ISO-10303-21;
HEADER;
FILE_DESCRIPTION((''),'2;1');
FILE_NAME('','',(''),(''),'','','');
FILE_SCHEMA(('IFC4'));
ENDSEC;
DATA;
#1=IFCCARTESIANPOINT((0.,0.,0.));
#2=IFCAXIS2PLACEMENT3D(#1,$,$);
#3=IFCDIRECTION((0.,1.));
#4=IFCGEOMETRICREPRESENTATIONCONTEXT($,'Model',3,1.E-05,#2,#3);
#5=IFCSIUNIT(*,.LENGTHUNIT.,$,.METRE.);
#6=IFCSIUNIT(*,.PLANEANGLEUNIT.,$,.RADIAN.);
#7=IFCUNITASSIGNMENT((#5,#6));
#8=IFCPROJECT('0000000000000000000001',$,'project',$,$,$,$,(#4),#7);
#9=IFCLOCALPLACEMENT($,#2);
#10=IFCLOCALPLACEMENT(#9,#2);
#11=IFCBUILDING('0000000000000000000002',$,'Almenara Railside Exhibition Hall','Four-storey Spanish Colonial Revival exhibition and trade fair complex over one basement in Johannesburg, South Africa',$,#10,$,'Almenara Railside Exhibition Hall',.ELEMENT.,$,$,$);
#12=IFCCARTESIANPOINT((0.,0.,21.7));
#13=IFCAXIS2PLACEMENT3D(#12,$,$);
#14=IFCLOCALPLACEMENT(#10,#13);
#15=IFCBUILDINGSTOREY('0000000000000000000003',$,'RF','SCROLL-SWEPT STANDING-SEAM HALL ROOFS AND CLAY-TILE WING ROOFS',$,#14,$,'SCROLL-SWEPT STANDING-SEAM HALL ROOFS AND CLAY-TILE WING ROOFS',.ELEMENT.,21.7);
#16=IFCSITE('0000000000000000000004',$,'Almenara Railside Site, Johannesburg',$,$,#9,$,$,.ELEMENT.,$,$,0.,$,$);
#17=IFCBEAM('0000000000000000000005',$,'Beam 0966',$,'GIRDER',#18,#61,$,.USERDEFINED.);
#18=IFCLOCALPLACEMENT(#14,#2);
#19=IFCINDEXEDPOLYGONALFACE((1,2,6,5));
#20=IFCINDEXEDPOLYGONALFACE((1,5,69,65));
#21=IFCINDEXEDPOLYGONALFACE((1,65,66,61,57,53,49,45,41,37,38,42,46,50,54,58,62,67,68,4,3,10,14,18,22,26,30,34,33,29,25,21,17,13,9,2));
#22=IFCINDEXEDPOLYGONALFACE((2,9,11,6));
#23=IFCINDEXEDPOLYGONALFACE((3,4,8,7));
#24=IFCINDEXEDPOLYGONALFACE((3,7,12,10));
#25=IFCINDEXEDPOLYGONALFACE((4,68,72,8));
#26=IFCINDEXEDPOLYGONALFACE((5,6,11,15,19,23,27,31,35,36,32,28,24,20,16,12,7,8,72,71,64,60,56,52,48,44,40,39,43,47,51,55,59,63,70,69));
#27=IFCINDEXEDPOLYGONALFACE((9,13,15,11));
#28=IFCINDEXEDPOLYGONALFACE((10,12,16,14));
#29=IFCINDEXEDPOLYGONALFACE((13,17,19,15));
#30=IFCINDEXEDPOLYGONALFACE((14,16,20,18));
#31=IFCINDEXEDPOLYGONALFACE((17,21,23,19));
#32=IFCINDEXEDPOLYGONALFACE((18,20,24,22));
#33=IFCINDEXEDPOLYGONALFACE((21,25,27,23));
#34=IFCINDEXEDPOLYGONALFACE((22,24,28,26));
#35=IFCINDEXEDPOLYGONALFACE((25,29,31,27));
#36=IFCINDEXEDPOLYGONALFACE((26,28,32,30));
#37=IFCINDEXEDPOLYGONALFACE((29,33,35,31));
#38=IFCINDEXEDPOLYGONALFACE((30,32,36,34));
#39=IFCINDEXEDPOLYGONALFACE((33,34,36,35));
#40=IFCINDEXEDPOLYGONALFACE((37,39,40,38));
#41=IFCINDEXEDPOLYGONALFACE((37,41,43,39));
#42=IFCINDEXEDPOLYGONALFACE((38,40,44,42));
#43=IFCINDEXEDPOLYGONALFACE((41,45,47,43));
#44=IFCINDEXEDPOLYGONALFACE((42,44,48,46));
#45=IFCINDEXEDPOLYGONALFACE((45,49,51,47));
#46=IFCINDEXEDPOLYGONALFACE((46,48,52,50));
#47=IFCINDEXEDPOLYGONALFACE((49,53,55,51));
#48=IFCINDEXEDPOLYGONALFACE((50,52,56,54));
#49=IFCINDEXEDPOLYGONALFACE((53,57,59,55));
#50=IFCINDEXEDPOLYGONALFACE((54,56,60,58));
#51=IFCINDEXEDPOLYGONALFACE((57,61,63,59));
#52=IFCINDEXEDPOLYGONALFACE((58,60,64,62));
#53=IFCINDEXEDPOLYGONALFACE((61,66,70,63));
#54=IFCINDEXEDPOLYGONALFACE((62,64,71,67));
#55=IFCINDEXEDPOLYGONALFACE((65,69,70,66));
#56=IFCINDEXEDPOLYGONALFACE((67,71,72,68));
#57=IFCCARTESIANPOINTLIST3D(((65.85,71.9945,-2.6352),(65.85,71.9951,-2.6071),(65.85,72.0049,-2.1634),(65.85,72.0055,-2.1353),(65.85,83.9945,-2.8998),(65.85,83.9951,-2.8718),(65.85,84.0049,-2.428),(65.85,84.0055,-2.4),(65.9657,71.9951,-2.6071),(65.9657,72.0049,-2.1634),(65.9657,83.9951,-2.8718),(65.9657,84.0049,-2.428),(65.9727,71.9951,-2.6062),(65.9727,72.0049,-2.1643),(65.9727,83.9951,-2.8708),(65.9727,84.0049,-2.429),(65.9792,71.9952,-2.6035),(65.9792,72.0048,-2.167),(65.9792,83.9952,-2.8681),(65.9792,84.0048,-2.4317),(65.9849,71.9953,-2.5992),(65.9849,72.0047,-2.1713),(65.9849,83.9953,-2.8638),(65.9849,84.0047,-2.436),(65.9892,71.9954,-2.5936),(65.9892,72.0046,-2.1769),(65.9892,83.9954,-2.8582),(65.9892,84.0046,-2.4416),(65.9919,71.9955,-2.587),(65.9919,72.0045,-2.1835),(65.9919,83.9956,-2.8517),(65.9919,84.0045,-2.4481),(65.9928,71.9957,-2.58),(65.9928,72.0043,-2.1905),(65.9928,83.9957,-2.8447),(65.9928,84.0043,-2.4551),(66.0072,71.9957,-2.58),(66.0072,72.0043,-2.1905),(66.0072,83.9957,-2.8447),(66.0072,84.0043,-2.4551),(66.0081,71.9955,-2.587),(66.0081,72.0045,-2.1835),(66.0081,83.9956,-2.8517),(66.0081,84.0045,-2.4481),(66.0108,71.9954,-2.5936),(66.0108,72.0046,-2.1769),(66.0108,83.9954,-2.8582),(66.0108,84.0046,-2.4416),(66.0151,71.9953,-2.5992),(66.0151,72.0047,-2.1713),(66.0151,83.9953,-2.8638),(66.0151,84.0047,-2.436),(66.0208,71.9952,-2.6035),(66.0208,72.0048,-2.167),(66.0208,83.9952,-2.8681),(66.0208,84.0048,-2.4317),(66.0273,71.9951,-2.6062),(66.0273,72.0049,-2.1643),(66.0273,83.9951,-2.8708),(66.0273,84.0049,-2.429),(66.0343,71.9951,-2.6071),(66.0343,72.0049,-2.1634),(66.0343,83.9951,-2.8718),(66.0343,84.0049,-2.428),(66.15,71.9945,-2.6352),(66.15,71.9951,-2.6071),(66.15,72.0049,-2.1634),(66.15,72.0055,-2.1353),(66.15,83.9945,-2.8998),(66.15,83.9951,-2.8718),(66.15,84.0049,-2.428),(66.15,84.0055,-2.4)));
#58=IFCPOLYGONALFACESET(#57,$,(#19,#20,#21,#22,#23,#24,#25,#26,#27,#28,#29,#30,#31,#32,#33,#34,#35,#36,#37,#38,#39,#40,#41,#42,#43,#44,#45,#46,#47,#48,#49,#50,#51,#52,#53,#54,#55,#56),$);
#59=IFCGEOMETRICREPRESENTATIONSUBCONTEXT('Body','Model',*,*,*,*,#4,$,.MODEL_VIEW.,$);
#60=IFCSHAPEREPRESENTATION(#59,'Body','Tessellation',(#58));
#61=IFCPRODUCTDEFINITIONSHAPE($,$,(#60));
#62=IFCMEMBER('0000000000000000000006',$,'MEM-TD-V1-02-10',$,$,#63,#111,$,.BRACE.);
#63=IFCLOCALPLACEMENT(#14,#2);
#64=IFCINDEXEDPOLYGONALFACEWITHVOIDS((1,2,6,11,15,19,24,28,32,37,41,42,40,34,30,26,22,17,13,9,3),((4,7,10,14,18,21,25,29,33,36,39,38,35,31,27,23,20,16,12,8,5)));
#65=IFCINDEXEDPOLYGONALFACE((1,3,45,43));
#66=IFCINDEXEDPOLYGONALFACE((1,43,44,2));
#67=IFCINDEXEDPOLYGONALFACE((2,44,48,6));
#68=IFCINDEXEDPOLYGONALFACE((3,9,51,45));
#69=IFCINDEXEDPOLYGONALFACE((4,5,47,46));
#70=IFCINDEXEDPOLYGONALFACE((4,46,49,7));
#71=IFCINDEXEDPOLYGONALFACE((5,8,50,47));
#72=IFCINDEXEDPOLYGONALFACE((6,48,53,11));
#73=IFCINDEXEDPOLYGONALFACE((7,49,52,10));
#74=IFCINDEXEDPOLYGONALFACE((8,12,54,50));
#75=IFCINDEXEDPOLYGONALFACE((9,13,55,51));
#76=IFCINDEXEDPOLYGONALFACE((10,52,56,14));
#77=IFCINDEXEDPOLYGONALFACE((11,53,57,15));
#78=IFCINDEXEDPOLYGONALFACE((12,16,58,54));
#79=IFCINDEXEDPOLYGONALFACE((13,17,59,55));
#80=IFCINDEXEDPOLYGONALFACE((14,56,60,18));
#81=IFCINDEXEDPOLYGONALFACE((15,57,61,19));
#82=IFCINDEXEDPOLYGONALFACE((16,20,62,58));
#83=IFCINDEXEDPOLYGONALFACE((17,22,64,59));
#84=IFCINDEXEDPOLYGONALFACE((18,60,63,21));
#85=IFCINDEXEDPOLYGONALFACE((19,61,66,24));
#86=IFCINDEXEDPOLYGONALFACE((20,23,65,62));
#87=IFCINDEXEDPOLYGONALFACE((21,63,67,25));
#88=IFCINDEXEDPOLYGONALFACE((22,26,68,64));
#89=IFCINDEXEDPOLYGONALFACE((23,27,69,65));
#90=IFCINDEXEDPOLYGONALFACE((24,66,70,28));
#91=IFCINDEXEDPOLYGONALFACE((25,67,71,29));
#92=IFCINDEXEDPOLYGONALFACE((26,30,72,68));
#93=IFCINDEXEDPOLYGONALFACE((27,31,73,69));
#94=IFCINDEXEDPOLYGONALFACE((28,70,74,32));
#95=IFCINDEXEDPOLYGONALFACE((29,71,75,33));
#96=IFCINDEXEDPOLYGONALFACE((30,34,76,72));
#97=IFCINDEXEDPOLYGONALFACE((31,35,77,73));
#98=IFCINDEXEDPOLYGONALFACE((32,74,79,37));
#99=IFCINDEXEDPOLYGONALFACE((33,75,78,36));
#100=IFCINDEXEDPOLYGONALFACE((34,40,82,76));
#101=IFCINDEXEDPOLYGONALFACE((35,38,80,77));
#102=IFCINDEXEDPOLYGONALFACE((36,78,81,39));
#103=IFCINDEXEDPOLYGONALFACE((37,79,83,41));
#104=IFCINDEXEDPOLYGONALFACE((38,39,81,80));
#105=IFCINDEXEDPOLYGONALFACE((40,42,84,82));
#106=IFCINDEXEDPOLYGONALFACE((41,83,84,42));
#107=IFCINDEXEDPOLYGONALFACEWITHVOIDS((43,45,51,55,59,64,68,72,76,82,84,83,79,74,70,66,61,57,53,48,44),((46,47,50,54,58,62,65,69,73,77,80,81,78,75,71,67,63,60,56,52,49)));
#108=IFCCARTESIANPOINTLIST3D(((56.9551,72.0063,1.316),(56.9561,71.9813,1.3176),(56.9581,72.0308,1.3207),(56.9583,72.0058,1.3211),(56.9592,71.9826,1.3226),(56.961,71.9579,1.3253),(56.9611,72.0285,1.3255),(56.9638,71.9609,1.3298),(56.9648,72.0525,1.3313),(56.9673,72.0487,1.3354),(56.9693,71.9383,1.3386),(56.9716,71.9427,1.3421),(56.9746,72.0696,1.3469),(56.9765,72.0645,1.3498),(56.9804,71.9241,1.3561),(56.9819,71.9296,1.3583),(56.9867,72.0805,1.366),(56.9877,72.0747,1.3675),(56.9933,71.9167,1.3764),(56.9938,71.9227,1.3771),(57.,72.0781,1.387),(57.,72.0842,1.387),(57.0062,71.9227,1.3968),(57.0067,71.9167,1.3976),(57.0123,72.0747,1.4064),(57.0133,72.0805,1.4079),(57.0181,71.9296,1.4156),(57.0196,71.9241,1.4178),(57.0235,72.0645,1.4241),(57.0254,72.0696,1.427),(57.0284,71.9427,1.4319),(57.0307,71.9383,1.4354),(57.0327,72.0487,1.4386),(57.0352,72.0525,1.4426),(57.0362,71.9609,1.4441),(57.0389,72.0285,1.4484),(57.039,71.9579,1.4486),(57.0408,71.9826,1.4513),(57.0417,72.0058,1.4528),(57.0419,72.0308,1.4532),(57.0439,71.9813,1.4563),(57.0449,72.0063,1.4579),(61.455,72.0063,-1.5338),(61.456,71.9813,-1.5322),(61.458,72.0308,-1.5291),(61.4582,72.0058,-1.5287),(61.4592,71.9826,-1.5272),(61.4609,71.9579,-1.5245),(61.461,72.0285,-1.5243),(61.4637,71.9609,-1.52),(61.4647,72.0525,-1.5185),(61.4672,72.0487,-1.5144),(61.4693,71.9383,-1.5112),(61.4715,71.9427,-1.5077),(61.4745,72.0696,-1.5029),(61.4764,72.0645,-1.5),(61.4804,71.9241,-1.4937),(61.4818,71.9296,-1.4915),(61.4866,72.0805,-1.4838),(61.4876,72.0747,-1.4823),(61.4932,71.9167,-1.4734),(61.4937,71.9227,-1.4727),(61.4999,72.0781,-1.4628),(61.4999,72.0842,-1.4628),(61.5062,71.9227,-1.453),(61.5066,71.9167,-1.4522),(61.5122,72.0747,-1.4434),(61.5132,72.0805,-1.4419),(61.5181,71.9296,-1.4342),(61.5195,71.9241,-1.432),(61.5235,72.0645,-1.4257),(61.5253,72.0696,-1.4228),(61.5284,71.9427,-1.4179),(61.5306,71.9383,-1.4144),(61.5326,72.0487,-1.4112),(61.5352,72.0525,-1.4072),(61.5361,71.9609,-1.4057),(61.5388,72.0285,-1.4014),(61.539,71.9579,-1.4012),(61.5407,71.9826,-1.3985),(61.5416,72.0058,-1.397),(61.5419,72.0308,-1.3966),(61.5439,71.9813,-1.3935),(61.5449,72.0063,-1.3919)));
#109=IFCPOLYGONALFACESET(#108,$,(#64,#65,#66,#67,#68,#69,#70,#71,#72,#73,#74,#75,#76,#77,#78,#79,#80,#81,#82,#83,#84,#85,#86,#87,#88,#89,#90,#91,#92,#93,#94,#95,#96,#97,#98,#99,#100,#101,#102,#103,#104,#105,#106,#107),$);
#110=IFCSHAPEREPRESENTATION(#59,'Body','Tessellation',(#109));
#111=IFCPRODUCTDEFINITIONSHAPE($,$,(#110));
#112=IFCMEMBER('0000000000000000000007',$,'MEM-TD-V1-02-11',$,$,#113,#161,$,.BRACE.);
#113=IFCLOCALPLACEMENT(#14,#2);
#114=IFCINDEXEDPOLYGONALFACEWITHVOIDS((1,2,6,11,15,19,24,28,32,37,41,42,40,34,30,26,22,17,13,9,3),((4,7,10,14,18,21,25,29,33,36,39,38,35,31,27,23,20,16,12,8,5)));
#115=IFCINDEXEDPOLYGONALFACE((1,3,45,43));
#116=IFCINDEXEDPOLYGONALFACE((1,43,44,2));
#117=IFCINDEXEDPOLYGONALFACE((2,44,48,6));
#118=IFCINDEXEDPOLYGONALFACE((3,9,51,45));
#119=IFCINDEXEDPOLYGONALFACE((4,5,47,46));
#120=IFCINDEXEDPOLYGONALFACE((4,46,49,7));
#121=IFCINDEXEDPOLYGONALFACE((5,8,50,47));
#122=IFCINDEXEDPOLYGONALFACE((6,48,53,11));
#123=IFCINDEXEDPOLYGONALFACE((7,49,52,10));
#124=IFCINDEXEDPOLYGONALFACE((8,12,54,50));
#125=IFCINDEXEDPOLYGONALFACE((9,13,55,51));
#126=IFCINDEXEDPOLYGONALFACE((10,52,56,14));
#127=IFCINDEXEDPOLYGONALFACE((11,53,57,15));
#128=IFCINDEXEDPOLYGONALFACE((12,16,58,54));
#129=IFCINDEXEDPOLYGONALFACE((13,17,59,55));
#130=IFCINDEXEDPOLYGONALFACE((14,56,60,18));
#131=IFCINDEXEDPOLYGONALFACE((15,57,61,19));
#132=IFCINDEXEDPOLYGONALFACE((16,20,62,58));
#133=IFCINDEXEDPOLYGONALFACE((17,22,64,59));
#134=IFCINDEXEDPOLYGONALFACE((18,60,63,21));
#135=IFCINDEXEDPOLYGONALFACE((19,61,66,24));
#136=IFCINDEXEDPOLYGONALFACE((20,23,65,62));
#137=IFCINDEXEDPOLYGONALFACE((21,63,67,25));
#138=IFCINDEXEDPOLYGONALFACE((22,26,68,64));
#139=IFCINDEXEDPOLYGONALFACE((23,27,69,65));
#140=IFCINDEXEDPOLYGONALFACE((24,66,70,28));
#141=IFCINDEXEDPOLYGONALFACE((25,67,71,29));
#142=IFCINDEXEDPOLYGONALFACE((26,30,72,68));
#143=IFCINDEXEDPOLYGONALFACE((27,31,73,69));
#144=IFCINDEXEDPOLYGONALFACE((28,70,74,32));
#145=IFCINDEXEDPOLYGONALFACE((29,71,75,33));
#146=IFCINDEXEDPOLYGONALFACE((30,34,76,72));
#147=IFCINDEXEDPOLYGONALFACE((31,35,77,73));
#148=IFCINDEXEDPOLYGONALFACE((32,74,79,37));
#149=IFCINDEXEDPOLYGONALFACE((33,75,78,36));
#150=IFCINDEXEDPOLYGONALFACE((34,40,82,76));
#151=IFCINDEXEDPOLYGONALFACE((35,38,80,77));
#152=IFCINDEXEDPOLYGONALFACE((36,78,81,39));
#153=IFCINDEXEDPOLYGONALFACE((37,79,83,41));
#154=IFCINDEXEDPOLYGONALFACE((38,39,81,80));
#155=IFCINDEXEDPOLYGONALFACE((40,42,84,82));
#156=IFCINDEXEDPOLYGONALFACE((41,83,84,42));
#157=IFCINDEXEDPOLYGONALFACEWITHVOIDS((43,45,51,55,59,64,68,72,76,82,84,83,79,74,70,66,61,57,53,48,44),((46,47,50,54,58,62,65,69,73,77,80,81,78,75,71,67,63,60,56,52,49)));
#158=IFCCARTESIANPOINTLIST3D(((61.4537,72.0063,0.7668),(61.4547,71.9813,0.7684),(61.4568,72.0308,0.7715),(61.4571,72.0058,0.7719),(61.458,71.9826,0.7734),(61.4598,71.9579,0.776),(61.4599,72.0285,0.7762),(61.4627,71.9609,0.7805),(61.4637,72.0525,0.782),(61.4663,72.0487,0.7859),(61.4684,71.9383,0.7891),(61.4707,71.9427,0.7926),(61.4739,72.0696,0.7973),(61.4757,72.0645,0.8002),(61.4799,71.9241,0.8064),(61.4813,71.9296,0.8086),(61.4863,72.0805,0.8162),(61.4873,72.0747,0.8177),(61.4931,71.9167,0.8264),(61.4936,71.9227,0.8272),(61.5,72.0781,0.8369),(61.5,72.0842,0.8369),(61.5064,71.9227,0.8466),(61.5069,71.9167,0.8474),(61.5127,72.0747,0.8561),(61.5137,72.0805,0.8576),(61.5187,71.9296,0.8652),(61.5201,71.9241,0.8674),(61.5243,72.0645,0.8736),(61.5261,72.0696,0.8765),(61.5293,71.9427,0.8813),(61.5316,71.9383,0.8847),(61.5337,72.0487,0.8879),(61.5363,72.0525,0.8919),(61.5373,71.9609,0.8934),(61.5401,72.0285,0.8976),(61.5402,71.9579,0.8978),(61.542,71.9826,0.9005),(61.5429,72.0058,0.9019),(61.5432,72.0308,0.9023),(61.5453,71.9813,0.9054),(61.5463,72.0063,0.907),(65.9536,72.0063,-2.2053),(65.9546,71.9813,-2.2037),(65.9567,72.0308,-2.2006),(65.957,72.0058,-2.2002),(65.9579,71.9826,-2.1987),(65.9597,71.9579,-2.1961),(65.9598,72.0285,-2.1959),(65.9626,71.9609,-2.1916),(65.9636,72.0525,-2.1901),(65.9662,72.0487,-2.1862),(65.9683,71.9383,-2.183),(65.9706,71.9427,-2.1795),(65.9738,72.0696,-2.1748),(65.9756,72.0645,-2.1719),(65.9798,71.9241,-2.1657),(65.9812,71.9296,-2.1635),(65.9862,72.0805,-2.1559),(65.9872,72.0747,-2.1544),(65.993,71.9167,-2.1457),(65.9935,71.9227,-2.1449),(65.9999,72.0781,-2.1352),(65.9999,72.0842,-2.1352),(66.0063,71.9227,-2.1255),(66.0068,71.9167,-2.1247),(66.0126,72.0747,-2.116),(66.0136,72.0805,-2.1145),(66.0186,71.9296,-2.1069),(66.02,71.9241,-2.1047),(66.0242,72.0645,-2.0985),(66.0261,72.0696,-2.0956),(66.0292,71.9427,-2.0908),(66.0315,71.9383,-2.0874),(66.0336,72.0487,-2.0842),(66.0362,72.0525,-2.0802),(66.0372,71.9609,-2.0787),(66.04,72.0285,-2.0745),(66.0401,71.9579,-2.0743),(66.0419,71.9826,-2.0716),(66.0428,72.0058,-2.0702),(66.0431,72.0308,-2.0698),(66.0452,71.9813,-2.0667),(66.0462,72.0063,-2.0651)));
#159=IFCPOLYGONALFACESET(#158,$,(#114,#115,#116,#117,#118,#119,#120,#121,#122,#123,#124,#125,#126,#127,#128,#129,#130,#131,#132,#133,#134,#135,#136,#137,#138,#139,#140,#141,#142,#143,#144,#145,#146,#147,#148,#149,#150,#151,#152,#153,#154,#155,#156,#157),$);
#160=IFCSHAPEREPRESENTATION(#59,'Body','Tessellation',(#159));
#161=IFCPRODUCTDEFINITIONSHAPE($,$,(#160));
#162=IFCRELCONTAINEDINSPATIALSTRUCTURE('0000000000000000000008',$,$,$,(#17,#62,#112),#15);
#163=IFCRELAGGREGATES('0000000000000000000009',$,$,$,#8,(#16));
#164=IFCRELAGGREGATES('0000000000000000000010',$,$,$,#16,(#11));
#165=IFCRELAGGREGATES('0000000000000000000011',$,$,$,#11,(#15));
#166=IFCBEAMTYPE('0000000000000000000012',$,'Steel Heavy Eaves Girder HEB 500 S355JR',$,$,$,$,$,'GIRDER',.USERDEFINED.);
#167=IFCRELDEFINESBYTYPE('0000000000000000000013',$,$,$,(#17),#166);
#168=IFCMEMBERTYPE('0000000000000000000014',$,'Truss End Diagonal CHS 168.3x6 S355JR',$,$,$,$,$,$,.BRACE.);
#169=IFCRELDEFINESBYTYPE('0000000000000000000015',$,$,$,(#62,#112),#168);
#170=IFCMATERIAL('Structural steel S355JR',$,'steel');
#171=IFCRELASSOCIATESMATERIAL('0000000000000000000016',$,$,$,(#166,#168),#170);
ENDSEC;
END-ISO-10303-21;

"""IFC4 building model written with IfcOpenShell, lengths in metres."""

from ifc_helpers import new_model, si_unit, direction, frame, origin, origin_2d, place, context, subcontext, project, spatial, hollow_circle, i_section, extrude, material, material_profile, profile_set, type_object, element, save


model = new_model("IFC4")

# Units and contexts
model_context = context("Model", 3, precision=1e-05, world=origin(), true_north=direction((0.0, 1.0)))
body_context = subcontext(model_context, "Body", "Model", "MODEL_VIEW")
ifc_project = project(units=[si_unit("LENGTHUNIT", "METRE"), si_unit("PLANEANGLEUNIT", "RADIAN")], contexts=[model_context])

# Site, building, storey
site_placement = place(None, origin())
site = spatial("IfcSite", under=ifc_project, at=site_placement, Name="Almenara Railside Site, Johannesburg", CompositionType="ELEMENT", RefElevation=0.0)
building_placement = place(site_placement, origin())
building = spatial("IfcBuilding", under=site, at=building_placement, Name="Almenara Railside Exhibition Hall", Description="Four-storey Spanish Colonial Revival exhibition and trade fair complex over one basement in Johannesburg, South Africa", LongName="Almenara Railside Exhibition Hall", CompositionType="ELEMENT")
storey_placement = place(building_placement, frame((0.0, 0.0, 21.7)))
storey = spatial("IfcBuildingStorey", under=building, at=storey_placement, Name="RF", Description="SCROLL-SWEPT STANDING-SEAM HALL ROOFS AND CLAY-TILE WING ROOFS", LongName="SCROLL-SWEPT STANDING-SEAM HALL ROOFS AND CLAY-TILE WING ROOFS", CompositionType="ELEMENT", Elevation=21.7)

# Shared definitions
ifc_material_1 = material(Name="Structural steel S355JR", Category="steel")

# Beam
ifc_material_profile_1 = material_profile(ifc_material_1, i_section(OverallWidth=0.3, OverallDepth=0.5, WebThickness=0.0144, FlangeThickness=0.0281, FilletRadius=0.0271, at=origin_2d()), Name="HEB 500")
ifc_profile_set_1 = profile_set([ifc_material_profile_1], Name="Structural steel S355JR")
beam_type = type_object("IfcBeamType", Name="Steel Heavy Eaves Girder HEB 500 S355JR", ElementType="GIRDER", PredefinedType="USERDEFINED", material=ifc_profile_set_1)
beam_placement = place(storey_placement, frame((66.0, 72.0, -2.3853), z_axis=(0.0, 0.999757, -0.022049), x_axis=(-1.0, 0.0, 0.0)))
element("IfcBeam", 1, at=beam_placement, inside=storey, type_object=beam_type, Name="Beam 0966", ObjectType="GIRDER", PredefinedType="USERDEFINED", context=body_context, shape_type="SweptSolid", body=[
    extrude(i_section(OverallWidth=0.3, OverallDepth=0.5, WebThickness=0.0144, FlangeThickness=0.0281, FilletRadius=0.0271, at=origin_2d()), origin(), (0.0, 0.0, 1.0), 12.0029),
])

# Members
ifc_material_profile_2 = material_profile(ifc_material_1, hollow_circle(Radius=0.0842, WallThickness=0.0061, at=origin_2d()), Name="CHS 168.3x6")
ifc_profile_set_2 = profile_set([ifc_material_profile_2], Name="Structural steel S355JR")
member_type_1 = type_object("IfcMemberType", Name="Truss End Diagonal CHS 168.3x6 S355JR", PredefinedType="BRACE", material=ifc_profile_set_2)
member_1_placement = place(storey_placement, frame((57.0, 72.0, 1.387), z_axis=(0.844832, 0.0, -0.535032), x_axis=(0.0, 1.0, 0.0)))
element("IfcMember", 2, at=member_1_placement, inside=storey, type_object=member_type_1, Name="MEM-TD-V1-02-10", PredefinedType="BRACE", context=body_context, shape_type="SweptSolid", body=[
    extrude(hollow_circle(Radius=0.0842, WallThickness=0.0061, at=origin_2d()), origin(), (0.0, 0.0, 1.0), 5.3264),
])
member_2_placement = place(storey_placement, frame((61.5, 72.0, 0.8369), z_axis=(0.834425, 0.0, -0.551122), x_axis=(0.0, 1.0, 0.0)))
element("IfcMember", 3, at=member_2_placement, inside=storey, type_object=member_type_1, Name="MEM-TD-V1-02-11", PredefinedType="BRACE", context=body_context, shape_type="SweptSolid", body=[
    extrude(hollow_circle(Radius=0.0842, WallThickness=0.0061, at=origin_2d()), origin(), (0.0, 0.0, 1.0), 5.3928),
])

save(model, "model.ifc")
